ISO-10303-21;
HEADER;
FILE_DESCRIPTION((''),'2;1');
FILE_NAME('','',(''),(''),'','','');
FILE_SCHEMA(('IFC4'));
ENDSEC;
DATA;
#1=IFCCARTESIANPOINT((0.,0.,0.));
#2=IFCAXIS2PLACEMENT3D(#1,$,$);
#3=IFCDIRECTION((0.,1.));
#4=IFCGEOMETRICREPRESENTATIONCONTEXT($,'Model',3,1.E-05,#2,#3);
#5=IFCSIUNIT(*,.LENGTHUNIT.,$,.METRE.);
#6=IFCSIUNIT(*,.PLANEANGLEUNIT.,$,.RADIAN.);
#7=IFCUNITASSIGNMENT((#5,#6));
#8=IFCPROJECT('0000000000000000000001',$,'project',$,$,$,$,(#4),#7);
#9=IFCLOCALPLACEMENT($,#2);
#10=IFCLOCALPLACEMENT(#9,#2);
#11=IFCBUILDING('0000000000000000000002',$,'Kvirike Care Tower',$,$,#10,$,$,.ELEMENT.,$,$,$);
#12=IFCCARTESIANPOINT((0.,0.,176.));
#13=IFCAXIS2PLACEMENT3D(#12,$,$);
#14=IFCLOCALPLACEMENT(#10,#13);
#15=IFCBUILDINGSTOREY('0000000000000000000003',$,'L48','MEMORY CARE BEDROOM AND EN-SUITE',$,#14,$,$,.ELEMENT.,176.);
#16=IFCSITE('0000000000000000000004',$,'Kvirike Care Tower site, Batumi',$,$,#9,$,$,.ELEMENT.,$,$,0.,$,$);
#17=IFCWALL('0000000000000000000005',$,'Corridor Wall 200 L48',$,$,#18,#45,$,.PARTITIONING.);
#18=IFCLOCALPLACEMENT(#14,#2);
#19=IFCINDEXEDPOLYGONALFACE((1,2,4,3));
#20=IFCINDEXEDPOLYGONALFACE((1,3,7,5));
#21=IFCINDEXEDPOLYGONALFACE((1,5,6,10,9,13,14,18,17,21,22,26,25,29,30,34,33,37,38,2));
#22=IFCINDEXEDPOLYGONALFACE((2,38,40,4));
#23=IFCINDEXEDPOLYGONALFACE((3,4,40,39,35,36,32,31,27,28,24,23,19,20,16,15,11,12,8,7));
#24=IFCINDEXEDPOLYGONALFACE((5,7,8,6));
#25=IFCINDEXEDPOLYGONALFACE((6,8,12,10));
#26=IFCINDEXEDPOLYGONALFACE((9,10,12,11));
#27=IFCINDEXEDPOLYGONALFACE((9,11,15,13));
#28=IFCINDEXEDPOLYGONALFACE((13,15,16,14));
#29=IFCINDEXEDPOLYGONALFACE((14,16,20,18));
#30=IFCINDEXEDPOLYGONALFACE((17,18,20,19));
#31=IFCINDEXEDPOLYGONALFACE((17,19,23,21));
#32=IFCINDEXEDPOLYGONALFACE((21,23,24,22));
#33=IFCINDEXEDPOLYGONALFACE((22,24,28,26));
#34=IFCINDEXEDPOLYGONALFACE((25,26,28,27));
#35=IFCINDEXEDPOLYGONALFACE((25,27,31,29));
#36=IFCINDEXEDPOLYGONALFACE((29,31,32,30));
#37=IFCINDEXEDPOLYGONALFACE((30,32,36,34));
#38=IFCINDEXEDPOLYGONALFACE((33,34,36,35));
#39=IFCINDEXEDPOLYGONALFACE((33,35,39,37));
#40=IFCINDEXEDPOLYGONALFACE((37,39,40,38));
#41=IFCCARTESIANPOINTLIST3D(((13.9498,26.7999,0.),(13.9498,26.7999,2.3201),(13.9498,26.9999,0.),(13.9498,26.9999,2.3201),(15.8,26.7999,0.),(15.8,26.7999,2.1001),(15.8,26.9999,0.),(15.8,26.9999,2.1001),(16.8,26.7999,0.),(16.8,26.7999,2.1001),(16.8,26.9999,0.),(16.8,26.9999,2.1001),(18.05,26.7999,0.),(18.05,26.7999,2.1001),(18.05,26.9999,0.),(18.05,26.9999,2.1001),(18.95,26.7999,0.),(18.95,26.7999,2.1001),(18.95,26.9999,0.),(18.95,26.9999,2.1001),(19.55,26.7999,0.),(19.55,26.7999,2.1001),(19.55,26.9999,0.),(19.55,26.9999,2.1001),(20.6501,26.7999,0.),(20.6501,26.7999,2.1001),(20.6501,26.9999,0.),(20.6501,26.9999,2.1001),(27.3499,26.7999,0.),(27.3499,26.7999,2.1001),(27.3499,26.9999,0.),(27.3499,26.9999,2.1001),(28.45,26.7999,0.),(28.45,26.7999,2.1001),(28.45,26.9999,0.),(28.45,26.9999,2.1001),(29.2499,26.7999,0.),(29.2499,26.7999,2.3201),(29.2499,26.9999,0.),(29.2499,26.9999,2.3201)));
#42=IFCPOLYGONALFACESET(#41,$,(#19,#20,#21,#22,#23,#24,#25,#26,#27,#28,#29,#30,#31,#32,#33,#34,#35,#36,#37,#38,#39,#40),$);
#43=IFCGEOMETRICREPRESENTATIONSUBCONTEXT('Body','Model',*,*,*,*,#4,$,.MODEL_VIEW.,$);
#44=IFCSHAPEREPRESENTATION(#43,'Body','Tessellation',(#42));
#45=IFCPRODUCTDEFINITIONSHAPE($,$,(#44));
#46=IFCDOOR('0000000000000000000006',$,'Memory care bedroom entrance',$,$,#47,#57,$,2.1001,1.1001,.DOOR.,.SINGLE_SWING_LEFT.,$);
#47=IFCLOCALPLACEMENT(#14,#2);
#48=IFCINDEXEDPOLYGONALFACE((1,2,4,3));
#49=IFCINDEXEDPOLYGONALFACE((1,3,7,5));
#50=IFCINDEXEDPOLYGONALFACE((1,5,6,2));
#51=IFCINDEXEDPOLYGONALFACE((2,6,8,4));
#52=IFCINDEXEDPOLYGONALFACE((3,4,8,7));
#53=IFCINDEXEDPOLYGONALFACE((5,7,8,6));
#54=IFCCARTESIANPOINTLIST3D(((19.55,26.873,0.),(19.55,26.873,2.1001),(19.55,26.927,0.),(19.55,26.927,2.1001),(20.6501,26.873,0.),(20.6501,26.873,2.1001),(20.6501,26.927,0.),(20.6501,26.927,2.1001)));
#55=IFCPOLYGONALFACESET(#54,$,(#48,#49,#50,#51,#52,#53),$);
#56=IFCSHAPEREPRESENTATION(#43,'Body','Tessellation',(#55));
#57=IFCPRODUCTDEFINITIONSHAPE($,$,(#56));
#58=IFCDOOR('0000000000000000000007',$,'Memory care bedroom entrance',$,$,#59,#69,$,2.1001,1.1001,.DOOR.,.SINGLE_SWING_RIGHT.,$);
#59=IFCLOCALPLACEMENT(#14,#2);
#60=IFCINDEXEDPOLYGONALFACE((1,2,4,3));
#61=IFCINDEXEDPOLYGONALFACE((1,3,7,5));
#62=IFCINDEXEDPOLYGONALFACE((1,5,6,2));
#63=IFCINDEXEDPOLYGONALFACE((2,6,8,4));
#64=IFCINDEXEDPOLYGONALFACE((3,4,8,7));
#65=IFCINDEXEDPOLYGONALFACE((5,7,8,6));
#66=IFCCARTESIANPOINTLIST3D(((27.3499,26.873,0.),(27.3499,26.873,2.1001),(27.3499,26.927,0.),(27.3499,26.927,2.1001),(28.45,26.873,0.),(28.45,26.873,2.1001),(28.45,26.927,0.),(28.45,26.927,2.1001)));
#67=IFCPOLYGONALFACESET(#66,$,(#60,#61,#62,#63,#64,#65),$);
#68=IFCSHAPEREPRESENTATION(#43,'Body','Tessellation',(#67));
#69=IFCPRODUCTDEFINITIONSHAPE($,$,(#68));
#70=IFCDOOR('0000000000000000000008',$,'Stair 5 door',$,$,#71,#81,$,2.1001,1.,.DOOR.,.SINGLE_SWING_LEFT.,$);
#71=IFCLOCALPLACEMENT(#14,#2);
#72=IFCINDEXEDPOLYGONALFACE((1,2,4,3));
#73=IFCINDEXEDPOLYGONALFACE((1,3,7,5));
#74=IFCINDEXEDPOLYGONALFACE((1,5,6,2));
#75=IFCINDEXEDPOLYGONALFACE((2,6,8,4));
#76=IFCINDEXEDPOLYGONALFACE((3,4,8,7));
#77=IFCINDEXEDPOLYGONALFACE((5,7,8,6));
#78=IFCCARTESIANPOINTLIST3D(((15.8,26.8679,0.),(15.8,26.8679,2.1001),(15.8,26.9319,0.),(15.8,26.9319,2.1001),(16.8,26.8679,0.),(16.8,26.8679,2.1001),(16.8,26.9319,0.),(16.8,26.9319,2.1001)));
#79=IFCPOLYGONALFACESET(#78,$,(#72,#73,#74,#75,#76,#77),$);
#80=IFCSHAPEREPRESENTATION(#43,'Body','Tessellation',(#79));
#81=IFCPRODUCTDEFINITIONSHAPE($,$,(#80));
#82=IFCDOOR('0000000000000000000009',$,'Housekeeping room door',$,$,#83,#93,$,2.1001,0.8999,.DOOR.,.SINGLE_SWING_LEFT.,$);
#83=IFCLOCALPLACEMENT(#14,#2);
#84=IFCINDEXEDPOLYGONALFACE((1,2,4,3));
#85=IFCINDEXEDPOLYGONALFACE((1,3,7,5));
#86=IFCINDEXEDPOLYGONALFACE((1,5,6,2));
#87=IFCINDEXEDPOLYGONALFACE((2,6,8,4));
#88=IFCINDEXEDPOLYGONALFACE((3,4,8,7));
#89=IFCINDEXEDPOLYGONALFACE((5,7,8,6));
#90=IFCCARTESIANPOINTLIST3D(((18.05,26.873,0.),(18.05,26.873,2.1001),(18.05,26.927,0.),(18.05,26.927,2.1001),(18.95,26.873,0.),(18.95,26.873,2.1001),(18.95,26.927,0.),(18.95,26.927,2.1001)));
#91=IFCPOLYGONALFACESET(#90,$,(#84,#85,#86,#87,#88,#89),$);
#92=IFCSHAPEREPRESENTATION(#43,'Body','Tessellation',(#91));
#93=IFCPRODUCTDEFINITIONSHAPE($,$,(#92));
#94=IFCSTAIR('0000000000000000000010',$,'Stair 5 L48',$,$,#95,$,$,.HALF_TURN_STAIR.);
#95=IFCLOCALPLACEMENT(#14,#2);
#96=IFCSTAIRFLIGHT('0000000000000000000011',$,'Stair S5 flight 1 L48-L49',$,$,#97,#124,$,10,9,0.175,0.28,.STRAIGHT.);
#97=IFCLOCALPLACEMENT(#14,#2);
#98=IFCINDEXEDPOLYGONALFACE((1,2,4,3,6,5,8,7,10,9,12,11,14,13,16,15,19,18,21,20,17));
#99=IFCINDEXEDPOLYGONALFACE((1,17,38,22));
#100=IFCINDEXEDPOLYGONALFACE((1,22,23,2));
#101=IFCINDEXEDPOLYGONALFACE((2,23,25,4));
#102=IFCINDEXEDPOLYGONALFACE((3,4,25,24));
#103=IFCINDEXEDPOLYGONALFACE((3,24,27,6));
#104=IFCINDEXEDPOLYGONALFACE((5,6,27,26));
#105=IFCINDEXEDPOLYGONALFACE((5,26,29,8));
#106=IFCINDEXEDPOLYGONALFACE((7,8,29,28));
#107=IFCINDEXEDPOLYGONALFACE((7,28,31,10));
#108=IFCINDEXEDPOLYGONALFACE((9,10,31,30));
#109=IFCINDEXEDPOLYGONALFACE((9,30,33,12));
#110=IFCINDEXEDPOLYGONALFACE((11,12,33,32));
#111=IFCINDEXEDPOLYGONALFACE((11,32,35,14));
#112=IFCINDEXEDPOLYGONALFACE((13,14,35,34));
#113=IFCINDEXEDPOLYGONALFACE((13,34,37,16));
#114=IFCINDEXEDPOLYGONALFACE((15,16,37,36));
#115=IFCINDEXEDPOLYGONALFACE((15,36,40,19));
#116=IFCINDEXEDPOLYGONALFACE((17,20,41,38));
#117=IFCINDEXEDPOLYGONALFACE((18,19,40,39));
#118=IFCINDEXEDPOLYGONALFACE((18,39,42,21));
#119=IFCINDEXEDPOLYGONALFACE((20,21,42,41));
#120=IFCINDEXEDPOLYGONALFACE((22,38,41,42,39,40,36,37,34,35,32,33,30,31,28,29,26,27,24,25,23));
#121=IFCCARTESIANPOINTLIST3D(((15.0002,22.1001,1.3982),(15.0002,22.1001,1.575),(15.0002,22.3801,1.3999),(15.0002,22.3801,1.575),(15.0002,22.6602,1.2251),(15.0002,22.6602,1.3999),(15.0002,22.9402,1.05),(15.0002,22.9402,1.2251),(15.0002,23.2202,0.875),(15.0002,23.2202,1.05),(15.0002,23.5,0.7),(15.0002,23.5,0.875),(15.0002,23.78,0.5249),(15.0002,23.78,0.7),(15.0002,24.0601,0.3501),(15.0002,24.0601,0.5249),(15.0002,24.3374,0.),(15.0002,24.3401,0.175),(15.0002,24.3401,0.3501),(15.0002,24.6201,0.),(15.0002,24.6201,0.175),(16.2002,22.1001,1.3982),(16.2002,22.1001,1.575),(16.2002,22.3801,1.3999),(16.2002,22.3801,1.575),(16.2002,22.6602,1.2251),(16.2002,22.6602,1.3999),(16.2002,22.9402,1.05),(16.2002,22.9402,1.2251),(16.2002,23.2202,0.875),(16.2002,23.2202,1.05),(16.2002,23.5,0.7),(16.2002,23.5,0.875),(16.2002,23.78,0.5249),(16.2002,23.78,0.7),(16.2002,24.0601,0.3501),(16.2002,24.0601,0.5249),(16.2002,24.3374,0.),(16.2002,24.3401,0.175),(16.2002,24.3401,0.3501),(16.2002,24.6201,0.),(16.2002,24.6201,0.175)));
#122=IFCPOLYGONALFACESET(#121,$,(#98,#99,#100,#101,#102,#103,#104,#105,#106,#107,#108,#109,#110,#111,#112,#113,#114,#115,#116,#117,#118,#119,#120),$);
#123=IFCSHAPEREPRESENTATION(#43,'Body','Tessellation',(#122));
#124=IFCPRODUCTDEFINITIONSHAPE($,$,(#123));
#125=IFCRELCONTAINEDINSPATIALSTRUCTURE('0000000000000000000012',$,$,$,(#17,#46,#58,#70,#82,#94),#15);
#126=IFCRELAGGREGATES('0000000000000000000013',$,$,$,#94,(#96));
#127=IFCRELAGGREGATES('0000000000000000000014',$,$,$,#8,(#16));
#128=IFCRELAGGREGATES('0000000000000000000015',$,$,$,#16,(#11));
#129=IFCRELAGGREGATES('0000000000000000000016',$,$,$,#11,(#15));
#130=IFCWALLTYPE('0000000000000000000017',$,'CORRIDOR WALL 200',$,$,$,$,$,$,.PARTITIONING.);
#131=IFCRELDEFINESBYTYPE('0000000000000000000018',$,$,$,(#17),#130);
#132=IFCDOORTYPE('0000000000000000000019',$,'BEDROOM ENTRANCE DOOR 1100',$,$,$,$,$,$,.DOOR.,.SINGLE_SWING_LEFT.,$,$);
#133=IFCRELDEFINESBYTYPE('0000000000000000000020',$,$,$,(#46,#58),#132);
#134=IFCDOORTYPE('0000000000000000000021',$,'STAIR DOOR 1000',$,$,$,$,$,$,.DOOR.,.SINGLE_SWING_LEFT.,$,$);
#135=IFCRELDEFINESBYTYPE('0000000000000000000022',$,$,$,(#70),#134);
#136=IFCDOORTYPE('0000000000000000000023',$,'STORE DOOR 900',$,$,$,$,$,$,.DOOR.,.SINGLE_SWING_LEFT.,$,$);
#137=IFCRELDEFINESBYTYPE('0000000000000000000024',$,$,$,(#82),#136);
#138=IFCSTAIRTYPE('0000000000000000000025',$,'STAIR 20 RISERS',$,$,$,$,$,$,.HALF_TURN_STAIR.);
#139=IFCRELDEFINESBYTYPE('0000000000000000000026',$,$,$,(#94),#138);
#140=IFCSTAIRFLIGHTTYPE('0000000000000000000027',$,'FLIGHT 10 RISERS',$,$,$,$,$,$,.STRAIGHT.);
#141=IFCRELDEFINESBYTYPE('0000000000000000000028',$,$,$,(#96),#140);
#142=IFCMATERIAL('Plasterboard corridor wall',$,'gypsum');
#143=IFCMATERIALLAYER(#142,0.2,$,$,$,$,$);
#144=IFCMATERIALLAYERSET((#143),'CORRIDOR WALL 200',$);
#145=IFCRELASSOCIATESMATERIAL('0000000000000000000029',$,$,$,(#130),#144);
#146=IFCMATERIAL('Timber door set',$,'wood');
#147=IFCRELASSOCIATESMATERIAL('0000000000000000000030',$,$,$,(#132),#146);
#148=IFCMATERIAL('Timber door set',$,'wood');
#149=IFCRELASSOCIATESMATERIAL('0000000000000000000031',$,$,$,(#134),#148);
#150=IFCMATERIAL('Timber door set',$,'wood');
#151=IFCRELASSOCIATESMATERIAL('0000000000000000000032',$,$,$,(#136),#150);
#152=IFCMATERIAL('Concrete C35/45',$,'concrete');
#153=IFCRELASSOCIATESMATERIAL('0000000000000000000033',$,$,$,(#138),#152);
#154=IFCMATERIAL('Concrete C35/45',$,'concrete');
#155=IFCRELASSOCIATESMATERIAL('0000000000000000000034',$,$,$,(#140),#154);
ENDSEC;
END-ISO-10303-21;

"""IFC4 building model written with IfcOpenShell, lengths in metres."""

from ifc_helpers import new_model, si_unit, direction, frame, frame_2d, origin, place, context, subcontext, project, spatial, polyline, rectangle, outline, extrude, material, layer, layer_set, type_object, element, fill, aggregate, save


model = new_model("IFC4")

# Units and contexts
model_context = context("Model", 3, precision=1e-05, world=origin(), true_north=direction((0.0, 1.0)))
body_context = subcontext(model_context, "Body", "Model", "MODEL_VIEW")
ifc_project = project(units=[si_unit("LENGTHUNIT", "METRE"), si_unit("PLANEANGLEUNIT", "RADIAN")], contexts=[model_context])

# Site, building, storey
site_placement = place(None, origin())
site = spatial("IfcSite", under=ifc_project, at=site_placement, Name="Kvirike Care Tower site, Batumi", CompositionType="ELEMENT", RefElevation=0.0)
building_placement = place(site_placement, origin())
building = spatial("IfcBuilding", under=site, at=building_placement, Name="Kvirike Care Tower", CompositionType="ELEMENT")
storey_placement = place(building_placement, frame((0.0, 0.0, 176.0)))
storey = spatial("IfcBuildingStorey", under=building, at=storey_placement, Name="L48", Description="MEMORY CARE BEDROOM AND EN-SUITE", CompositionType="ELEMENT", Elevation=176.0)

# Wall, openings, doors
ifc_material_1 = material(Name="Plasterboard corridor wall", Category="gypsum")
ifc_layer_1 = layer(ifc_material_1, 0.2)
ifc_layer_set_1 = layer_set([ifc_layer_1], Name="CORRIDOR WALL 200")
wall_type = type_object("IfcWallType", Name="CORRIDOR WALL 200", PredefinedType="PARTITIONING", material=ifc_layer_set_1)
wall_placement = place(storey_placement, frame((13.95, 26.8999, 0.0), z_axis=(0.0, 0.0, 1.0), x_axis=(1.0, 0.0, 0.0)))
wall = element("IfcWall", 1, at=wall_placement, inside=storey, type_object=wall_type, Name="Corridor Wall 200 L48", PredefinedType="PARTITIONING", context=body_context, shape_type="SweptSolid", body=[
    extrude(rectangle(XDim=15.3, YDim=0.2, at=frame_2d((7.6499, 0.0))), origin(), (0.0, 0.0, 1.0), 2.3201),
])
opening_1_placement = place(wall_placement, frame((1.8501, 0.0, 0.0)))
opening_1 = element("IfcOpeningElement", 2, at=opening_1_placement, cuts=wall, PredefinedType="OPENING", context=body_context, shape_type="SweptSolid", body=[
    extrude(rectangle(XDim=1.0, YDim=2.1001, at=frame_2d((0.5, 1.05))), frame((0.0, 0.1106, 0.0), z_axis=(0.0, -1.0, 0.0), x_axis=(1.0, 0.0, 0.0)), (0.0, 0.0, 1.0), 0.2209),
])
opening_2_placement = place(wall_placement, frame((4.1001, 0.0, 0.0)))
opening_2 = element("IfcOpeningElement", 3, at=opening_2_placement, cuts=wall, PredefinedType="OPENING", context=body_context, shape_type="SweptSolid", body=[
    extrude(rectangle(XDim=0.8999, YDim=2.1001, at=frame_2d((0.45, 1.05))), frame((0.0, 0.1106, 0.0), z_axis=(0.0, -1.0, 0.0), x_axis=(1.0, 0.0, 0.0)), (0.0, 0.0, 1.0), 0.2209),
])
opening_3_placement = place(wall_placement, frame((5.6001, 0.0, 0.0)))
opening_3 = element("IfcOpeningElement", 4, at=opening_3_placement, cuts=wall, PredefinedType="OPENING", context=body_context, shape_type="SweptSolid", body=[
    extrude(rectangle(XDim=1.1001, YDim=2.1001, at=frame_2d((0.55, 1.05))), frame((0.0, 0.1106, 0.0), z_axis=(0.0, -1.0, 0.0), x_axis=(1.0, 0.0, 0.0)), (0.0, 0.0, 1.0), 0.2209),
])
opening_4_placement = place(wall_placement, frame((13.3999, 0.0, 0.0)))
opening_4 = element("IfcOpeningElement", 5, at=opening_4_placement, cuts=wall, PredefinedType="OPENING", context=body_context, shape_type="SweptSolid", body=[
    extrude(rectangle(XDim=1.1001, YDim=2.1001, at=frame_2d((0.55, 1.05))), frame((0.0, 0.1106, 0.0), z_axis=(0.0, -1.0, 0.0), x_axis=(1.0, 0.0, 0.0)), (0.0, 0.0, 1.0), 0.2209),
])
ifc_material_2 = material(Name="Timber door set", Category="wood")
door_type_1 = type_object("IfcDoorType", Name="BEDROOM ENTRANCE DOOR 1100", OperationType="SINGLE_SWING_LEFT", PredefinedType="DOOR", material=ifc_material_2)
door_1_placement = place(opening_3_placement, frame((1.1001, 0.0, 0.0), z_axis=(0.0, 0.0, 1.0), x_axis=(-1.0, 0.0, 0.0)))
door_1 = element("IfcDoor", 6, at=door_1_placement, inside=storey, type_object=door_type_1, Name="Memory care bedroom entrance", OperationType="SINGLE_SWING_LEFT", OverallHeight=2.1001, OverallWidth=1.1001, PredefinedType="DOOR", context=body_context, shape_type="SweptSolid", body=[
    extrude(rectangle(XDim=1.1001, YDim=2.1001, at=frame_2d((0.55, 1.05))), frame((0.0, 0.0269, 0.0), z_axis=(0.0, -1.0, 0.0), x_axis=(1.0, 0.0, 0.0)), (0.0, 0.0, 1.0), 0.054),
])
fill(opening_3, door_1)
door_2_placement = place(opening_4_placement, frame((1.1001, 0.0, 0.0), z_axis=(0.0, 0.0, 1.0), x_axis=(-1.0, 0.0, 0.0)))
door_2 = element("IfcDoor", 7, at=door_2_placement, inside=storey, type_object=door_type_1, Name="Memory care bedroom entrance", OperationType="SINGLE_SWING_RIGHT", OverallHeight=2.1001, OverallWidth=1.1001, PredefinedType="DOOR", context=body_context, shape_type="SweptSolid", body=[
    extrude(rectangle(XDim=1.1001, YDim=2.1001, at=frame_2d((0.55, 1.05))), frame((0.0, 0.0269, 0.0), z_axis=(0.0, -1.0, 0.0), x_axis=(1.0, 0.0, 0.0)), (0.0, 0.0, 1.0), 0.054),
])
fill(opening_4, door_2)
ifc_material_3 = material(Name="Timber door set", Category="wood")
door_type_2 = type_object("IfcDoorType", Name="STAIR DOOR 1000", OperationType="SINGLE_SWING_LEFT", PredefinedType="DOOR", material=ifc_material_3)
door_3_placement = place(opening_1_placement, frame((1.0, 0.0, 0.0), z_axis=(0.0, 0.0, 1.0), x_axis=(-1.0, 0.0, 0.0)))
door_3 = element("IfcDoor", 8, at=door_3_placement, inside=storey, type_object=door_type_2, Name="Stair 5 door", OperationType="SINGLE_SWING_LEFT", OverallHeight=2.1001, OverallWidth=1.0, PredefinedType="DOOR", context=body_context, shape_type="SweptSolid", body=[
    extrude(rectangle(XDim=1.0, YDim=2.1001, at=frame_2d((0.5, 1.05))), frame((0.0, 0.032, 0.0), z_axis=(0.0, -1.0, 0.0), x_axis=(1.0, 0.0, 0.0)), (0.0, 0.0, 1.0), 0.064),
])
fill(opening_1, door_3)
ifc_material_4 = material(Name="Timber door set", Category="wood")
door_type_3 = type_object("IfcDoorType", Name="STORE DOOR 900", OperationType="SINGLE_SWING_LEFT", PredefinedType="DOOR", material=ifc_material_4)
door_4_placement = place(opening_2_placement, frame((0.8999, 0.0, 0.0), z_axis=(0.0, 0.0, 1.0), x_axis=(-1.0, 0.0, 0.0)))
door_4 = element("IfcDoor", 9, at=door_4_placement, inside=storey, type_object=door_type_3, Name="Housekeeping room door", OperationType="SINGLE_SWING_LEFT", OverallHeight=2.1001, OverallWidth=0.8999, PredefinedType="DOOR", context=body_context, shape_type="SweptSolid", body=[
    extrude(rectangle(XDim=0.8999, YDim=2.1001, at=frame_2d((0.45, 1.05))), frame((0.0, 0.0269, 0.0), z_axis=(0.0, -1.0, 0.0), x_axis=(1.0, 0.0, 0.0)), (0.0, 0.0, 1.0), 0.054),
])
fill(opening_2, door_4)

# Stair, stair flight
ifc_material_5 = material(Name="Concrete C35/45", Category="concrete")
stair_type = type_object("IfcStairType", Name="STAIR 20 RISERS", PredefinedType="HALF_TURN_STAIR", material=ifc_material_5)
stair_placement = place(storey_placement, origin())
stair = element("IfcStair", 10, at=stair_placement, inside=storey, type_object=stair_type, Name="Stair 5 L48", PredefinedType="HALF_TURN_STAIR")
ifc_material_6 = material(Name="Concrete C35/45", Category="concrete")
stair_flight_type = type_object("IfcStairFlightType", Name="FLIGHT 10 RISERS", PredefinedType="STRAIGHT", material=ifc_material_6)
stair_flight_placement = place(storey_placement, frame((15.6001, 24.6201, 0.0), z_axis=(0.0, 0.0, 1.0), x_axis=(0.0, -1.0, 0.0)))
stair_flight = element("IfcStairFlight", 11, at=stair_flight_placement, type_object=stair_flight_type, Name="Stair S5 flight 1 L48-L49", NumberOfRisers=10, NumberOfTreads=9, PredefinedType="STRAIGHT", RiserHeight=0.175, TreadLength=0.28, context=body_context, shape_type="SweptSolid", body=[
    extrude(outline(polyline([(0.0, 0.0), (0.0, 0.175), (0.28, 0.175), (0.28, 0.3501), (0.5601, 0.3501), (0.5601, 0.5249), (0.8401, 0.5249), (0.8401, 0.7), (1.1201, 0.7), (1.1201, 0.875), (1.3999, 0.875), (1.3999, 1.05), (1.6799, 1.05), (1.6799, 1.2251), (1.96, 1.2251), (1.96, 1.3999), (2.24, 1.3999), (2.24, 1.575), (2.52, 1.575), (2.52, 1.75), (2.52, 1.3982), (0.2827, 0.0), (0.0, 0.0)])), frame((0.0, 0.6001, 0.0), z_axis=(0.0, -1.0, 0.0), x_axis=(1.0, 0.0, 0.0)), (0.0, 0.0, 1.0), 1.2),
])
aggregate(stair, [stair_flight])

save(model, "model.ifc")
